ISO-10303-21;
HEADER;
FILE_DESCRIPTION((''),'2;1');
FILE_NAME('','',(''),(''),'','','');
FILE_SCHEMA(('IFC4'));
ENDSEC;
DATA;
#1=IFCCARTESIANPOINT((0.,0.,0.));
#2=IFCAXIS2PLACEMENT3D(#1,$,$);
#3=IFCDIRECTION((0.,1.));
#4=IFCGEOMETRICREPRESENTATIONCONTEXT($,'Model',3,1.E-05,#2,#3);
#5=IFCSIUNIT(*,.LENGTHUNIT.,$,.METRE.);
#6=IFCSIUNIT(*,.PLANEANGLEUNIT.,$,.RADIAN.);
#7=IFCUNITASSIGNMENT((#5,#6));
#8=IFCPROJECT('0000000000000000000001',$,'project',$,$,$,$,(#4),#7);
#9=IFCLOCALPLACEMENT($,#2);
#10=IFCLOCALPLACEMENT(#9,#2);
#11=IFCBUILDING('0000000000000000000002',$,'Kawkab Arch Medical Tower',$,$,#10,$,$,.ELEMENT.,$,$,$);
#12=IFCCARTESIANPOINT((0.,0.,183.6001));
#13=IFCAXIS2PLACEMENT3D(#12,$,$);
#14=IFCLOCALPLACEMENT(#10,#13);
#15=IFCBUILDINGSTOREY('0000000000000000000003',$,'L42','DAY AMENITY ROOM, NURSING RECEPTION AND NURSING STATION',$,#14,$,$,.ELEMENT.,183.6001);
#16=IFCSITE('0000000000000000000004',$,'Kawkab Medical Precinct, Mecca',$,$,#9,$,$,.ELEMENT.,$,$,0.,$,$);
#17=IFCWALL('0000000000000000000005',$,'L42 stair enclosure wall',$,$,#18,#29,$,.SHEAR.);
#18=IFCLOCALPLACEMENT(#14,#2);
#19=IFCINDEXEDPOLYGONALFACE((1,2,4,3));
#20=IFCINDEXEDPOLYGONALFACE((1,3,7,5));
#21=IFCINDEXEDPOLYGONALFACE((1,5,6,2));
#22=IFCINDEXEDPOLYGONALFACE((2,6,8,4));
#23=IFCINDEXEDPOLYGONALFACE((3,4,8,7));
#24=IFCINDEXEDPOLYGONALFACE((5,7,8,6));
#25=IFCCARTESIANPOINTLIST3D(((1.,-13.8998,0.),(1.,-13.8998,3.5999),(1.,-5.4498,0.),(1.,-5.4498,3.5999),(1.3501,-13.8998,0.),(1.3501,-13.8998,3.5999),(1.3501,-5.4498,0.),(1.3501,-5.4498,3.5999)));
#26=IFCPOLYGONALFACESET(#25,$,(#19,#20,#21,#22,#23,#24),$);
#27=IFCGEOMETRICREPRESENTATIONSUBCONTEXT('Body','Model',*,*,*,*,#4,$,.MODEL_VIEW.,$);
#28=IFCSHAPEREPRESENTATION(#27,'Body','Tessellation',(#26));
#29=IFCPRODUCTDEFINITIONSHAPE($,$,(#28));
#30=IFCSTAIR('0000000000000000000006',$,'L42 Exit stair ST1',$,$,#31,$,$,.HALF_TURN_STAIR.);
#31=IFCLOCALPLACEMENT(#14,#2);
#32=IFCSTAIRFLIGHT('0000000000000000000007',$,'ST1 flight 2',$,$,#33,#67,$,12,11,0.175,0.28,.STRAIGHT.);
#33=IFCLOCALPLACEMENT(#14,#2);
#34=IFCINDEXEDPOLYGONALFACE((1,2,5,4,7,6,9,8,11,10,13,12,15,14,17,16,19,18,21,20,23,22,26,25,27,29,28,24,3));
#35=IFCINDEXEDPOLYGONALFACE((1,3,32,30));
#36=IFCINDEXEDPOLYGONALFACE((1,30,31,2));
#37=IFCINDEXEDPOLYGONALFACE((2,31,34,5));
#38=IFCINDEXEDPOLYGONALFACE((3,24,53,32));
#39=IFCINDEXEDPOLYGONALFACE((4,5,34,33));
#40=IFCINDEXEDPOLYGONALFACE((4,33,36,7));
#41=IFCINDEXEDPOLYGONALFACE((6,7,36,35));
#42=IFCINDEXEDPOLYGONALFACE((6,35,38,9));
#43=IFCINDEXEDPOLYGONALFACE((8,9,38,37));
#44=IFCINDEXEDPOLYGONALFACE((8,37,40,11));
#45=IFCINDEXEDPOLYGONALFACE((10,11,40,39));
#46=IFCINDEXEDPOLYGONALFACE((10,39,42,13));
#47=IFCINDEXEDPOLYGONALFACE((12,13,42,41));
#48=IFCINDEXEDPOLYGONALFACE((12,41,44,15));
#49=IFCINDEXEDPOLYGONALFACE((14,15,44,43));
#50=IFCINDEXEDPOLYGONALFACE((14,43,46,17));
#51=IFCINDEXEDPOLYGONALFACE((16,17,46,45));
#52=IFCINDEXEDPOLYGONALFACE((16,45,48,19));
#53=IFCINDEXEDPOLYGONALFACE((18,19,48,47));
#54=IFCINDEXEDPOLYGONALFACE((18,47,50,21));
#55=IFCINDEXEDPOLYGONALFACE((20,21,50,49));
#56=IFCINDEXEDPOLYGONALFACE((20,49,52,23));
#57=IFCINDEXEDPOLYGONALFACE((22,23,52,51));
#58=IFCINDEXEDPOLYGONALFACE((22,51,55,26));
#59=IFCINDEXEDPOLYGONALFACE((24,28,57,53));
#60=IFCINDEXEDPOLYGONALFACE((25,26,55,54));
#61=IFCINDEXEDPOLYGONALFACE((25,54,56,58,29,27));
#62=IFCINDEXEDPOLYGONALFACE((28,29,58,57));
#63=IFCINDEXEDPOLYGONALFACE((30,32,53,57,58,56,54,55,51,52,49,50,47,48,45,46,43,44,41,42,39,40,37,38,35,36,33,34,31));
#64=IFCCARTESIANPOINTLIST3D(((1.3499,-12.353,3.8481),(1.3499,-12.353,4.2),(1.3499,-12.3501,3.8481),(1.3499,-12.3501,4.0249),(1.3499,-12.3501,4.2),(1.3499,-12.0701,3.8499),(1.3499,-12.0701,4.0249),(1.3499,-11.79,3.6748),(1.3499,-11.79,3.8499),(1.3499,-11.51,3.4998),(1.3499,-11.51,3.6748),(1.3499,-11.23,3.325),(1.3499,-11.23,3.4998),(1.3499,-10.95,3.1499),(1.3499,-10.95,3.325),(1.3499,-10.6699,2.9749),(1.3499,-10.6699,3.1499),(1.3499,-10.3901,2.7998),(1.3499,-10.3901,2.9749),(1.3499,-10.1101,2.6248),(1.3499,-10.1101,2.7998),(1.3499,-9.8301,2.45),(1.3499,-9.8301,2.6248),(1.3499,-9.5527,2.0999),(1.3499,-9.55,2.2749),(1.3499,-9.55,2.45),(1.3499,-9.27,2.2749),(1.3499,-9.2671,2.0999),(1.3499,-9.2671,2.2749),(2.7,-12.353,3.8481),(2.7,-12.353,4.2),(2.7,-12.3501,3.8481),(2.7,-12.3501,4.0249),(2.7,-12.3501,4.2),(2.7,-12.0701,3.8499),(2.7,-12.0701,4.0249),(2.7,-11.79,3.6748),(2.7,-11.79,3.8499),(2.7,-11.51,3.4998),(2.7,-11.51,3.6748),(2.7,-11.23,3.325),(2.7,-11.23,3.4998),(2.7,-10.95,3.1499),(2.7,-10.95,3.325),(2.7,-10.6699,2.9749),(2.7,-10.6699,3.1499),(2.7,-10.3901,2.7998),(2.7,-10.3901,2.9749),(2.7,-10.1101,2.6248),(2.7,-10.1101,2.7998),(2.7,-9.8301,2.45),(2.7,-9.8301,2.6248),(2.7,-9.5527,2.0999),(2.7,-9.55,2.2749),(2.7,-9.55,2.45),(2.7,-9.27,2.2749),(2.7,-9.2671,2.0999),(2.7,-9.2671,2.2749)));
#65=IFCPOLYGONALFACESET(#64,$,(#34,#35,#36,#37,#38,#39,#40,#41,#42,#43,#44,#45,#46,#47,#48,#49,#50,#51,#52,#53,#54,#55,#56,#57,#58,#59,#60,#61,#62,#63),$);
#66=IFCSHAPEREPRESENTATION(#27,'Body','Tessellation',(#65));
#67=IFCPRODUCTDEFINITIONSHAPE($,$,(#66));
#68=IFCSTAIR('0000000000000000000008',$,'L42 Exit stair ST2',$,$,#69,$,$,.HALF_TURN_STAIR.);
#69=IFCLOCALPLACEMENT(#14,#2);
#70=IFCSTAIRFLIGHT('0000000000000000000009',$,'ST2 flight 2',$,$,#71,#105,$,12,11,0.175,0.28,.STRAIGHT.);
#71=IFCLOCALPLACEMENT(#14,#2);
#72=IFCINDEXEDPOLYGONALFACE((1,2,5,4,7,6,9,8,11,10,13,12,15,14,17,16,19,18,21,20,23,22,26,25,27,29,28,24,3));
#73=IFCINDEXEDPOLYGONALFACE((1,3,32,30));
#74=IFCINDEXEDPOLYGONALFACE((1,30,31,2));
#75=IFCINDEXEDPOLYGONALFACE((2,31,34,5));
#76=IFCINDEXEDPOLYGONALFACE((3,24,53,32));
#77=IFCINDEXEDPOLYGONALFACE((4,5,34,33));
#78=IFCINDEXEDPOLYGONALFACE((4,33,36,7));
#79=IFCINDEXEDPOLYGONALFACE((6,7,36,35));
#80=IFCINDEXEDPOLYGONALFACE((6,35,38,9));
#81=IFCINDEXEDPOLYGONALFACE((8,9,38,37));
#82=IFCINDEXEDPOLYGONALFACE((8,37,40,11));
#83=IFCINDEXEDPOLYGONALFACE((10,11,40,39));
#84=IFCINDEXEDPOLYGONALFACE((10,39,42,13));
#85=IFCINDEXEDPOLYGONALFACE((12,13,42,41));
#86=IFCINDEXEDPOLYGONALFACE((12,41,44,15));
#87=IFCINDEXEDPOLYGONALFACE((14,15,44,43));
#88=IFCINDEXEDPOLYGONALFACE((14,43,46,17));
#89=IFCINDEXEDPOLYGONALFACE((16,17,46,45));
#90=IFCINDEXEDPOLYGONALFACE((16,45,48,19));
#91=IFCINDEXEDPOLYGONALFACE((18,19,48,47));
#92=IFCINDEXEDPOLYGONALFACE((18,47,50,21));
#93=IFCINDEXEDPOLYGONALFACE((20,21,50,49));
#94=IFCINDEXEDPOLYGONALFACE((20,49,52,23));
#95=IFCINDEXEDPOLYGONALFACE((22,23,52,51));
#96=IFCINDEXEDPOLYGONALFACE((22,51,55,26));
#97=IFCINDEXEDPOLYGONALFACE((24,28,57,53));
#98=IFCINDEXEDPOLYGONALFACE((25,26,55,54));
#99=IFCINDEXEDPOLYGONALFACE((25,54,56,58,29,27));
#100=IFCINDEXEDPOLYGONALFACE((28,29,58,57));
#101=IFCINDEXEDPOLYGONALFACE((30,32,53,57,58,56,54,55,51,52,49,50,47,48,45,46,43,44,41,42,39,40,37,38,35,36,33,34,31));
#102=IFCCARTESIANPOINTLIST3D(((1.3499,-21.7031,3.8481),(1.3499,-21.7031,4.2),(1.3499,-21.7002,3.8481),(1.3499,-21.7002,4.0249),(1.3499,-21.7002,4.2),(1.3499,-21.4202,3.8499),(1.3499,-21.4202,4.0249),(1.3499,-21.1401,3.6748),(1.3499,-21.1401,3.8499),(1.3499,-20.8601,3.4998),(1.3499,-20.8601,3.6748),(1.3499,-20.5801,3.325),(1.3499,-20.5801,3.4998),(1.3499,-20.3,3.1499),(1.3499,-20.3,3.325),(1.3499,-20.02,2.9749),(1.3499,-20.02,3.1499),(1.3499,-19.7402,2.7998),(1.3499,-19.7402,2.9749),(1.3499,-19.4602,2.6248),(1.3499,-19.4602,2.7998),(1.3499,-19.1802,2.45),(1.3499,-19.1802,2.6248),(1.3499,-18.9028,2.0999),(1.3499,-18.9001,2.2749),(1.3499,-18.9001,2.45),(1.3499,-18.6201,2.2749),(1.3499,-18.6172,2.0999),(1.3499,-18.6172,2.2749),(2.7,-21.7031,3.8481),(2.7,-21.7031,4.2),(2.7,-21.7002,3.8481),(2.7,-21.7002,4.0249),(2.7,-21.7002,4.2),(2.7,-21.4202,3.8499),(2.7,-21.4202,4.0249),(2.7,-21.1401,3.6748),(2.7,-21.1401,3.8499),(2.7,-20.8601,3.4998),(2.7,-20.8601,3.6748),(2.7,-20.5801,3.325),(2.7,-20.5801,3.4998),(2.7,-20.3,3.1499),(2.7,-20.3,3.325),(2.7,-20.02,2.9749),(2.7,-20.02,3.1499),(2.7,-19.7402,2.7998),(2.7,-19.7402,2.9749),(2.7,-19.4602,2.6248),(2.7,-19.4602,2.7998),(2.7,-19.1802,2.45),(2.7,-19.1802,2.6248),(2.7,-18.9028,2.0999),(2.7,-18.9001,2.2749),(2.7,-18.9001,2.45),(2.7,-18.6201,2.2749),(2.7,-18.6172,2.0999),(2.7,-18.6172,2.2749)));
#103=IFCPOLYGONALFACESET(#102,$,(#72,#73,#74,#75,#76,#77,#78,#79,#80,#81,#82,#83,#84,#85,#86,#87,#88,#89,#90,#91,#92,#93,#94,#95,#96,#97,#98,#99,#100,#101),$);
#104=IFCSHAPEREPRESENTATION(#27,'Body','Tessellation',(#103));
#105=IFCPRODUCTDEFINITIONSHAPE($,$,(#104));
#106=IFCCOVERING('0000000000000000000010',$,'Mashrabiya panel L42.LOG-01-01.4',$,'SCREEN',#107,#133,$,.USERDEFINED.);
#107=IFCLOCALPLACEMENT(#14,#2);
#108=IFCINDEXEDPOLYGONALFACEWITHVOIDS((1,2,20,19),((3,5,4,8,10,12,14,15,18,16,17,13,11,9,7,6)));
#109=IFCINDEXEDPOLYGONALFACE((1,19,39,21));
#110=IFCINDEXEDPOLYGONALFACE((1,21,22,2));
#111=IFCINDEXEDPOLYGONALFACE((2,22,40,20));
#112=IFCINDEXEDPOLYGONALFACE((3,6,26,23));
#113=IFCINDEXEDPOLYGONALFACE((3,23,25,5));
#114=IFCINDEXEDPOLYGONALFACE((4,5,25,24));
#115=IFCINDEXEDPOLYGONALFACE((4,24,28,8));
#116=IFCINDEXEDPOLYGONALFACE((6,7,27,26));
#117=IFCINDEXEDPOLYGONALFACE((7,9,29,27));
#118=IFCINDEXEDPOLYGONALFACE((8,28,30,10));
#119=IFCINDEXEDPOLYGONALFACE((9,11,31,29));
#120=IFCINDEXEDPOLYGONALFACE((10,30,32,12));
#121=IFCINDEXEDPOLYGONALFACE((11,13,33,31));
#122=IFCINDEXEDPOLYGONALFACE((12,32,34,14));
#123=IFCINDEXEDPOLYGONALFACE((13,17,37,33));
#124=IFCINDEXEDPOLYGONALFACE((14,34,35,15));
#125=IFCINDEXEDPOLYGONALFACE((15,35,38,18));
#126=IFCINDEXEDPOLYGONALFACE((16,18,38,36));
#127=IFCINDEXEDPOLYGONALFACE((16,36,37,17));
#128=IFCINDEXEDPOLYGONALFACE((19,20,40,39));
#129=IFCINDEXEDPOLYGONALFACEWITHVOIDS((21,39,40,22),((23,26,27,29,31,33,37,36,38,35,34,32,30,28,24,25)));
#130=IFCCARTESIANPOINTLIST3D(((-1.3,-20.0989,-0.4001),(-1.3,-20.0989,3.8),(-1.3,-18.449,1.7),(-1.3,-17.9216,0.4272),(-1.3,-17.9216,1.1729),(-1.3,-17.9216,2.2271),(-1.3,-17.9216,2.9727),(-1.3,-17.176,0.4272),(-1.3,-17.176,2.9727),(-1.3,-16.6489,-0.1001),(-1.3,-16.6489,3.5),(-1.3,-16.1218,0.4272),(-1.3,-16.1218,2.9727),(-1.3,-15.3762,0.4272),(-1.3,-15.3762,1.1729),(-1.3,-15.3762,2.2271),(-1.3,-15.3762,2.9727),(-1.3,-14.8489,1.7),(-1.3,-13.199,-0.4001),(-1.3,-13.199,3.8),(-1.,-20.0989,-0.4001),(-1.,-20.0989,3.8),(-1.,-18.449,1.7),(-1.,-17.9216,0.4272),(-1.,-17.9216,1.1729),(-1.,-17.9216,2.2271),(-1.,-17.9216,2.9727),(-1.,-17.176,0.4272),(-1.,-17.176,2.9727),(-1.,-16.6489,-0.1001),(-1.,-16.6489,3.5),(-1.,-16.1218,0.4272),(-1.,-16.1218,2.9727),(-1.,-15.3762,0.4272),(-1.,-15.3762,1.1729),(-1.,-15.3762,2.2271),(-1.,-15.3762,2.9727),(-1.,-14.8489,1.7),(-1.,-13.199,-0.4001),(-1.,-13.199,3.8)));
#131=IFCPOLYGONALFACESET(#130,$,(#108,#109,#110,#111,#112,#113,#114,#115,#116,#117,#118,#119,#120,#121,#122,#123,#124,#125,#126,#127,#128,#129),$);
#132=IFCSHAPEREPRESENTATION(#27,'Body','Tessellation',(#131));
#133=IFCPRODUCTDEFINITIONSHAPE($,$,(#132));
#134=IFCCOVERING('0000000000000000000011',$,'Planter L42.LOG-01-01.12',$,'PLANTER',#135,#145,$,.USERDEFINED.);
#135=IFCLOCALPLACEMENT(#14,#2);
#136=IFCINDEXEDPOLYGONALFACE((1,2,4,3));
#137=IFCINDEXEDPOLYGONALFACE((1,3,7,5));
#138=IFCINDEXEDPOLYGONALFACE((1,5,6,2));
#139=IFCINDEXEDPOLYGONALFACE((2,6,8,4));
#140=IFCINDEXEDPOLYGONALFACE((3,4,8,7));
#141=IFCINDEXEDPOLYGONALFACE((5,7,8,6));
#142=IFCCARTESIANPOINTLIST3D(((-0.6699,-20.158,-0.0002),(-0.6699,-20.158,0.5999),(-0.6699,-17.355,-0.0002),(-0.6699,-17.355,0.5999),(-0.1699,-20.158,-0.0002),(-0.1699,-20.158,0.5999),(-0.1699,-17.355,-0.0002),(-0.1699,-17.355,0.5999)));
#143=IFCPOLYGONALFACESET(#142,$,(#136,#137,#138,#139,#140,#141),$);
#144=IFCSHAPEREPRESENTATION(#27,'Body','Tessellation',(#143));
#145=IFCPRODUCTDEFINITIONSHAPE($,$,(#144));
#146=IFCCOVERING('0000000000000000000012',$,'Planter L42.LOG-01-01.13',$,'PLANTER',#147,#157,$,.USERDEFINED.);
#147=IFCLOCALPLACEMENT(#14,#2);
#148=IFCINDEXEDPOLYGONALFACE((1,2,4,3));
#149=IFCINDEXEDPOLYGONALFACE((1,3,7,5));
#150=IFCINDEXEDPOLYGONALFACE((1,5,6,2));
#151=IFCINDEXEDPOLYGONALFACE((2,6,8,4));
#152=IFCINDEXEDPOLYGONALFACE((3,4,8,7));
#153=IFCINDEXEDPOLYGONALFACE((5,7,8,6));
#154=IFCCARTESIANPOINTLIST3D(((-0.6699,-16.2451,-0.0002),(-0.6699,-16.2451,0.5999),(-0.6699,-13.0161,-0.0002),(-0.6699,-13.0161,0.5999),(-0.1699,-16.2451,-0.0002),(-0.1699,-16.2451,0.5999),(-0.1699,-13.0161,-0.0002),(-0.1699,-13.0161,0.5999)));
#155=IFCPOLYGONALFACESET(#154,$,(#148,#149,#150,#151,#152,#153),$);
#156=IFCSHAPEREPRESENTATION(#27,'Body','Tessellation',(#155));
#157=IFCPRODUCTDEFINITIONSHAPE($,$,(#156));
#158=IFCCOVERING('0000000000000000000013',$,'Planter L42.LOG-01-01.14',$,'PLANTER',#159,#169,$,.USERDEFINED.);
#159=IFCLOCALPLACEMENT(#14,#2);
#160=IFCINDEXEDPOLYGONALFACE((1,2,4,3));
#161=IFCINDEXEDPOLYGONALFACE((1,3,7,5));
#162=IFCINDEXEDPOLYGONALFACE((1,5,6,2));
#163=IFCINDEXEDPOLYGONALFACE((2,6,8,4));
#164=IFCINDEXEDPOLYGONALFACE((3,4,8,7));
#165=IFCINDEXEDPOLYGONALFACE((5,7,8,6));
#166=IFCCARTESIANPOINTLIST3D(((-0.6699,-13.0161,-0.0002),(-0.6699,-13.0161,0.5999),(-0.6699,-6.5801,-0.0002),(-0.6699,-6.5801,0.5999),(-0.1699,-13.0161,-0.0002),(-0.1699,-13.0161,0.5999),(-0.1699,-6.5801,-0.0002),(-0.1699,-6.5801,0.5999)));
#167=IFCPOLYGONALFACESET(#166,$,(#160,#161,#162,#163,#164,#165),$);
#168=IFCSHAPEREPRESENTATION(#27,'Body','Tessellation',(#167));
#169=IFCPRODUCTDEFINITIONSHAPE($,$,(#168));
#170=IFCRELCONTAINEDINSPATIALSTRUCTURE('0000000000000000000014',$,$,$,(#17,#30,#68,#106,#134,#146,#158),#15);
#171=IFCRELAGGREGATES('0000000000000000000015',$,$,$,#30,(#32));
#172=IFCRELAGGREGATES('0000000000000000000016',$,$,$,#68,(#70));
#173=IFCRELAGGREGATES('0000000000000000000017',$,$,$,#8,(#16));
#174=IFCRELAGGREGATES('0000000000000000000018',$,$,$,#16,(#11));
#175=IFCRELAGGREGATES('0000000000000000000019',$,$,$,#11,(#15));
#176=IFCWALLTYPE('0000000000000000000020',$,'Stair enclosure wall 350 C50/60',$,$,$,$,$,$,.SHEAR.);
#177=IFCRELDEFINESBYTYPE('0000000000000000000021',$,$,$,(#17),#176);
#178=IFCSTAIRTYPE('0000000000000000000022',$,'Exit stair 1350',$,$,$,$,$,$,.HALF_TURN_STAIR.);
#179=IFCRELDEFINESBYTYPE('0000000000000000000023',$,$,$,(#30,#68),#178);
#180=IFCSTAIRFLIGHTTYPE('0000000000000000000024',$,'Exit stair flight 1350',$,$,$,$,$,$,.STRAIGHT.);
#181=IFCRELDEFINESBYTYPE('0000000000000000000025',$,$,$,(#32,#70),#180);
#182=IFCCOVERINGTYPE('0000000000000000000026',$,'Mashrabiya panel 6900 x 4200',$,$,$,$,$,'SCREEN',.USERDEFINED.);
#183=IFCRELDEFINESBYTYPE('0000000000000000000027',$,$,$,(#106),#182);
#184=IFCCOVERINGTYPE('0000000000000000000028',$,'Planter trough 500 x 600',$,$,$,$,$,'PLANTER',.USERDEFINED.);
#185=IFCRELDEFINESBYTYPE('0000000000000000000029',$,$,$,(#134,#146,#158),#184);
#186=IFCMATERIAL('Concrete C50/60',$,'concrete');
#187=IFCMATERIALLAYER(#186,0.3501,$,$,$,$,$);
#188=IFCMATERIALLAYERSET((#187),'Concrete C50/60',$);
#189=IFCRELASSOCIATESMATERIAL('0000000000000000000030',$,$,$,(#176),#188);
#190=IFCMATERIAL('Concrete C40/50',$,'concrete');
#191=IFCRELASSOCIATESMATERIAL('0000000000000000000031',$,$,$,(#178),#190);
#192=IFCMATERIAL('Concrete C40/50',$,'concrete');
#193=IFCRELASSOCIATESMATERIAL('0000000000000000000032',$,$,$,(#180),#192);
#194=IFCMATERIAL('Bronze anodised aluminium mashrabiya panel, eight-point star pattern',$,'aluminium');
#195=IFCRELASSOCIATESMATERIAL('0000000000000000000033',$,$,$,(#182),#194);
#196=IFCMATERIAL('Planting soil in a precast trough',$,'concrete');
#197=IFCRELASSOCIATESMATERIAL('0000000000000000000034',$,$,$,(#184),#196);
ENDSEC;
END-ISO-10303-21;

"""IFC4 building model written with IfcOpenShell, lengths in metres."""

from ifc_helpers import new_model, si_unit, direction, frame, frame_2d, origin, origin_2d, place, context, subcontext, project, spatial, polyline, rectangle, outline, extrude, material, layer, layer_set, material_profile, profile_set, type_object, element, aggregate, save


model = new_model("IFC4")

# Units and contexts
model_context = context("Model", 3, precision=1e-05, world=origin(), true_north=direction((0.0, 1.0)))
body_context = subcontext(model_context, "Body", "Model", "MODEL_VIEW")
ifc_project = project(units=[si_unit("LENGTHUNIT", "METRE"), si_unit("PLANEANGLEUNIT", "RADIAN")], contexts=[model_context])

# Site, building, storey
site_placement = place(None, origin())
site = spatial("IfcSite", under=ifc_project, at=site_placement, Name="Kawkab Medical Precinct, Mecca", CompositionType="ELEMENT", RefElevation=0.0)
building_placement = place(site_placement, origin())
building = spatial("IfcBuilding", under=site, at=building_placement, Name="Kawkab Arch Medical Tower", CompositionType="ELEMENT")
storey_placement = place(building_placement, frame((0.0, 0.0, 183.6001)))
storey = spatial("IfcBuildingStorey", under=building, at=storey_placement, Name="L42", Description="DAY AMENITY ROOM, NURSING RECEPTION AND NURSING STATION", CompositionType="ELEMENT", Elevation=183.6001)

# Shared definitions
placement = place(storey_placement, origin())

# Wall
ifc_material_1 = material(Name="Concrete C50/60", Category="concrete")
ifc_layer_1 = layer(ifc_material_1, 0.3501)
ifc_layer_set_1 = layer_set([ifc_layer_1], Name="Concrete C50/60")
wall_type_1 = type_object("IfcWallType", Name="Stair enclosure wall 350 C50/60", PredefinedType="SHEAR", material=ifc_layer_set_1)
wall_1_placement = place(storey_placement, frame((1.175, -13.8999, 0.0), z_axis=(0.0, 0.0, 1.0), x_axis=(0.0, 1.0, 0.0)))
element("IfcWall", 1, at=wall_1_placement, inside=storey, type_object=wall_type_1, Name="L42 stair enclosure wall", PredefinedType="SHEAR", context=body_context, shape_type="SweptSolid", body=[
    extrude(rectangle(XDim=8.45, YDim=0.3501, at=frame_2d((4.2251, 0.0))), origin(), (0.0, 0.0, 1.0), 3.5999),
])

# Stairs, stair flights
ifc_material_2 = material(Name="Concrete C40/50", Category="concrete")
stair_type = type_object("IfcStairType", Name="Exit stair 1350", PredefinedType="HALF_TURN_STAIR", material=ifc_material_2)
stair_1 = element("IfcStair", 2, at=placement, inside=storey, type_object=stair_type, Name="L42 Exit stair ST1", PredefinedType="HALF_TURN_STAIR")
ifc_material_3 = material(Name="Concrete C40/50", Category="concrete")
stair_flight_type = type_object("IfcStairFlightType", Name="Exit stair flight 1350", PredefinedType="STRAIGHT", material=ifc_material_3)
stair_flight_1_placement = place(storey_placement, frame((2.0249, -9.27, 2.0999), z_axis=(0.0, 0.0, 1.0), x_axis=(0.0, -1.0, 0.0)))
stair_flight_1 = element("IfcStairFlight", 3, at=stair_flight_1_placement, type_object=stair_flight_type, Name="ST1 flight 2", NumberOfRisers=12, NumberOfTreads=11, PredefinedType="STRAIGHT", RiserHeight=0.175, TreadLength=0.28, context=body_context, shape_type="SweptSolid", body=[
    extrude(outline(polyline([(-0.0029, 0.0), (-0.0029, 0.175), (0.0, 0.175), (0.28, 0.175), (0.28, 0.3501), (0.5601, 0.3501), (0.5601, 0.5249), (0.8401, 0.5249), (0.8401, 0.7), (1.1201, 0.7), (1.1201, 0.875), (1.3999, 0.875), (1.3999, 1.05), (1.6799, 1.05), (1.6799, 1.2251), (1.96, 1.2251), (1.96, 1.3999), (2.24, 1.3999), (2.24, 1.575), (2.52, 1.575), (2.52, 1.75), (2.8, 1.75), (2.8, 1.925), (3.0801, 1.925), (3.0801, 2.1001), (3.083, 2.1001), (3.083, 1.7483), (3.0801, 1.7483), (0.2827, 0.0), (-0.0029, 0.0)])), frame((0.0, 0.675, 0.0), z_axis=(0.0, -1.0, 0.0), x_axis=(1.0, 0.0, 0.0)), (0.0, 0.0, 1.0), 1.3501),
])
aggregate(stair_1, [stair_flight_1])
stair_2 = element("IfcStair", 4, at=placement, inside=storey, type_object=stair_type, Name="L42 Exit stair ST2", PredefinedType="HALF_TURN_STAIR")
stair_flight_2_placement = place(storey_placement, frame((2.0249, -18.6201, 2.0999), z_axis=(0.0, 0.0, 1.0), x_axis=(0.0, -1.0, 0.0)))
stair_flight_2 = element("IfcStairFlight", 5, at=stair_flight_2_placement, type_object=stair_flight_type, Name="ST2 flight 2", NumberOfRisers=12, NumberOfTreads=11, PredefinedType="STRAIGHT", RiserHeight=0.175, TreadLength=0.28, context=body_context, shape_type="SweptSolid", body=[
    extrude(outline(polyline([(-0.0029, 0.0), (-0.0029, 0.175), (0.0, 0.175), (0.28, 0.175), (0.28, 0.3501), (0.5601, 0.3501), (0.5601, 0.5249), (0.8401, 0.5249), (0.8401, 0.7), (1.1201, 0.7), (1.1201, 0.875), (1.3999, 0.875), (1.3999, 1.05), (1.6799, 1.05), (1.6799, 1.2251), (1.96, 1.2251), (1.96, 1.3999), (2.24, 1.3999), (2.24, 1.575), (2.52, 1.575), (2.52, 1.75), (2.8, 1.75), (2.8, 1.925), (3.0801, 1.925), (3.0801, 2.1001), (3.083, 2.1001), (3.083, 1.7483), (3.0801, 1.7483), (0.2827, 0.0), (-0.0029, 0.0)])), frame((0.0, 0.675, 0.0), z_axis=(0.0, -1.0, 0.0), x_axis=(1.0, 0.0, 0.0)), (0.0, 0.0, 1.0), 1.3501),
])
aggregate(stair_2, [stair_flight_2])

# Coverings
ifc_material_4 = material(Name="Bronze anodised aluminium mashrabiya panel, eight-point star pattern", Category="aluminium")
ifc_material_profile_1 = material_profile(ifc_material_4, outline(polyline([(-3.45, -2.1001), (3.45, -2.1001), (3.45, 2.1001), (-3.45, 2.1001), (-3.45, -2.1001)]), holes=[polyline([(1.8, 0.0), (1.2727, 0.5271), (1.2727, 1.2727), (0.5271, 1.2727), (0.0, 1.8), (-0.5271, 1.2727), (-1.2727, 1.2727), (-1.2727, 0.5271), (-1.8, 0.0), (-1.2727, -0.5271), (-1.2727, -1.2727), (-0.5271, -1.2727), (0.0, -1.8), (0.5271, -1.2727), (1.2727, -1.2727), (1.2727, -0.5271), (1.8, 0.0)])]), Name="Mashrabiya panel 6900x4200")
ifc_profile_set_1 = profile_set([ifc_material_profile_1], Name="Bronze anodised aluminium mashrabiya panel, eight-point star pattern")
covering_type_1 = type_object("IfcCoveringType", Name="Mashrabiya panel 6900 x 4200", ElementType="SCREEN", PredefinedType="USERDEFINED", material=ifc_profile_set_1)
covering_1_placement = place(storey_placement, frame((-1.0, -16.6489, 1.7), z_axis=(-1.0, 0.0, 0.0), x_axis=(0.0, -1.0, 0.0)))
element("IfcCovering", 6, at=covering_1_placement, inside=storey, type_object=covering_type_1, Name="Mashrabiya panel L42.LOG-01-01.4", ObjectType="SCREEN", PredefinedType="USERDEFINED", context=body_context, shape_type="SweptSolid", body=[
    extrude(outline(polyline([(-3.45, -2.1001), (3.45, -2.1001), (3.45, 2.1001), (-3.45, 2.1001), (-3.45, -2.1001)]), holes=[polyline([(1.8, 0.0), (1.2727, 0.5271), (1.2727, 1.2727), (0.5271, 1.2727), (0.0, 1.8), (-0.5271, 1.2727), (-1.2727, 1.2727), (-1.2727, 0.5271), (-1.8, 0.0), (-1.2727, -0.5271), (-1.2727, -1.2727), (-0.5271, -1.2727), (0.0, -1.8), (0.5271, -1.2727), (1.2727, -1.2727), (1.2727, -0.5271), (1.8, 0.0)])]), origin(), (0.0, 0.0, 1.0), 0.3),
])
ifc_material_5 = material(Name="Planting soil in a precast trough", Category="concrete")
ifc_material_profile_2 = material_profile(ifc_material_5, rectangle(XDim=0.5, YDim=0.6001, at=origin_2d()), Name="Trough 500x600")
ifc_profile_set_2 = profile_set([ifc_material_profile_2], Name="Planting soil in a precast trough")
covering_type_2 = type_object("IfcCoveringType", Name="Planter trough 500 x 600", ElementType="PLANTER", PredefinedType="USERDEFINED", material=ifc_profile_set_2)
covering_2_placement = place(storey_placement, frame((-0.4199, -20.158, 0.2998), z_axis=(0.0, 1.0, 0.0), x_axis=(-1.0, 0.0, 0.0)))
element("IfcCovering", 7, at=covering_2_placement, inside=storey, type_object=covering_type_2, Name="Planter L42.LOG-01-01.12", ObjectType="PLANTER", PredefinedType="USERDEFINED", context=body_context, shape_type="SweptSolid", body=[
    extrude(rectangle(XDim=0.5, YDim=0.6001, at=origin_2d()), origin(), (0.0, 0.0, 1.0), 2.803),
])
covering_3_placement = place(storey_placement, frame((-0.4199, -16.2451, 0.2998), z_axis=(0.0, 1.0, 0.0), x_axis=(-1.0, 0.0, 0.0)))
element("IfcCovering", 8, at=covering_3_placement, inside=storey, type_object=covering_type_2, Name="Planter L42.LOG-01-01.13", ObjectType="PLANTER", PredefinedType="USERDEFINED", context=body_context, shape_type="SweptSolid", body=[
    extrude(rectangle(XDim=0.5, YDim=0.6001, at=origin_2d()), origin(), (0.0, 0.0, 1.0), 3.229),
])
covering_4_placement = place(storey_placement, frame((-0.4199, -13.0161, 0.2998), z_axis=(0.0, 1.0, 0.0), x_axis=(-1.0, 0.0, 0.0)))
element("IfcCovering", 9, at=covering_4_placement, inside=storey, type_object=covering_type_2, Name="Planter L42.LOG-01-01.14", ObjectType="PLANTER", PredefinedType="USERDEFINED", context=body_context, shape_type="SweptSolid", body=[
    extrude(rectangle(XDim=0.5, YDim=0.6001, at=origin_2d()), origin(), (0.0, 0.0, 1.0), 6.436),
])

save(model, "model.ifc")
